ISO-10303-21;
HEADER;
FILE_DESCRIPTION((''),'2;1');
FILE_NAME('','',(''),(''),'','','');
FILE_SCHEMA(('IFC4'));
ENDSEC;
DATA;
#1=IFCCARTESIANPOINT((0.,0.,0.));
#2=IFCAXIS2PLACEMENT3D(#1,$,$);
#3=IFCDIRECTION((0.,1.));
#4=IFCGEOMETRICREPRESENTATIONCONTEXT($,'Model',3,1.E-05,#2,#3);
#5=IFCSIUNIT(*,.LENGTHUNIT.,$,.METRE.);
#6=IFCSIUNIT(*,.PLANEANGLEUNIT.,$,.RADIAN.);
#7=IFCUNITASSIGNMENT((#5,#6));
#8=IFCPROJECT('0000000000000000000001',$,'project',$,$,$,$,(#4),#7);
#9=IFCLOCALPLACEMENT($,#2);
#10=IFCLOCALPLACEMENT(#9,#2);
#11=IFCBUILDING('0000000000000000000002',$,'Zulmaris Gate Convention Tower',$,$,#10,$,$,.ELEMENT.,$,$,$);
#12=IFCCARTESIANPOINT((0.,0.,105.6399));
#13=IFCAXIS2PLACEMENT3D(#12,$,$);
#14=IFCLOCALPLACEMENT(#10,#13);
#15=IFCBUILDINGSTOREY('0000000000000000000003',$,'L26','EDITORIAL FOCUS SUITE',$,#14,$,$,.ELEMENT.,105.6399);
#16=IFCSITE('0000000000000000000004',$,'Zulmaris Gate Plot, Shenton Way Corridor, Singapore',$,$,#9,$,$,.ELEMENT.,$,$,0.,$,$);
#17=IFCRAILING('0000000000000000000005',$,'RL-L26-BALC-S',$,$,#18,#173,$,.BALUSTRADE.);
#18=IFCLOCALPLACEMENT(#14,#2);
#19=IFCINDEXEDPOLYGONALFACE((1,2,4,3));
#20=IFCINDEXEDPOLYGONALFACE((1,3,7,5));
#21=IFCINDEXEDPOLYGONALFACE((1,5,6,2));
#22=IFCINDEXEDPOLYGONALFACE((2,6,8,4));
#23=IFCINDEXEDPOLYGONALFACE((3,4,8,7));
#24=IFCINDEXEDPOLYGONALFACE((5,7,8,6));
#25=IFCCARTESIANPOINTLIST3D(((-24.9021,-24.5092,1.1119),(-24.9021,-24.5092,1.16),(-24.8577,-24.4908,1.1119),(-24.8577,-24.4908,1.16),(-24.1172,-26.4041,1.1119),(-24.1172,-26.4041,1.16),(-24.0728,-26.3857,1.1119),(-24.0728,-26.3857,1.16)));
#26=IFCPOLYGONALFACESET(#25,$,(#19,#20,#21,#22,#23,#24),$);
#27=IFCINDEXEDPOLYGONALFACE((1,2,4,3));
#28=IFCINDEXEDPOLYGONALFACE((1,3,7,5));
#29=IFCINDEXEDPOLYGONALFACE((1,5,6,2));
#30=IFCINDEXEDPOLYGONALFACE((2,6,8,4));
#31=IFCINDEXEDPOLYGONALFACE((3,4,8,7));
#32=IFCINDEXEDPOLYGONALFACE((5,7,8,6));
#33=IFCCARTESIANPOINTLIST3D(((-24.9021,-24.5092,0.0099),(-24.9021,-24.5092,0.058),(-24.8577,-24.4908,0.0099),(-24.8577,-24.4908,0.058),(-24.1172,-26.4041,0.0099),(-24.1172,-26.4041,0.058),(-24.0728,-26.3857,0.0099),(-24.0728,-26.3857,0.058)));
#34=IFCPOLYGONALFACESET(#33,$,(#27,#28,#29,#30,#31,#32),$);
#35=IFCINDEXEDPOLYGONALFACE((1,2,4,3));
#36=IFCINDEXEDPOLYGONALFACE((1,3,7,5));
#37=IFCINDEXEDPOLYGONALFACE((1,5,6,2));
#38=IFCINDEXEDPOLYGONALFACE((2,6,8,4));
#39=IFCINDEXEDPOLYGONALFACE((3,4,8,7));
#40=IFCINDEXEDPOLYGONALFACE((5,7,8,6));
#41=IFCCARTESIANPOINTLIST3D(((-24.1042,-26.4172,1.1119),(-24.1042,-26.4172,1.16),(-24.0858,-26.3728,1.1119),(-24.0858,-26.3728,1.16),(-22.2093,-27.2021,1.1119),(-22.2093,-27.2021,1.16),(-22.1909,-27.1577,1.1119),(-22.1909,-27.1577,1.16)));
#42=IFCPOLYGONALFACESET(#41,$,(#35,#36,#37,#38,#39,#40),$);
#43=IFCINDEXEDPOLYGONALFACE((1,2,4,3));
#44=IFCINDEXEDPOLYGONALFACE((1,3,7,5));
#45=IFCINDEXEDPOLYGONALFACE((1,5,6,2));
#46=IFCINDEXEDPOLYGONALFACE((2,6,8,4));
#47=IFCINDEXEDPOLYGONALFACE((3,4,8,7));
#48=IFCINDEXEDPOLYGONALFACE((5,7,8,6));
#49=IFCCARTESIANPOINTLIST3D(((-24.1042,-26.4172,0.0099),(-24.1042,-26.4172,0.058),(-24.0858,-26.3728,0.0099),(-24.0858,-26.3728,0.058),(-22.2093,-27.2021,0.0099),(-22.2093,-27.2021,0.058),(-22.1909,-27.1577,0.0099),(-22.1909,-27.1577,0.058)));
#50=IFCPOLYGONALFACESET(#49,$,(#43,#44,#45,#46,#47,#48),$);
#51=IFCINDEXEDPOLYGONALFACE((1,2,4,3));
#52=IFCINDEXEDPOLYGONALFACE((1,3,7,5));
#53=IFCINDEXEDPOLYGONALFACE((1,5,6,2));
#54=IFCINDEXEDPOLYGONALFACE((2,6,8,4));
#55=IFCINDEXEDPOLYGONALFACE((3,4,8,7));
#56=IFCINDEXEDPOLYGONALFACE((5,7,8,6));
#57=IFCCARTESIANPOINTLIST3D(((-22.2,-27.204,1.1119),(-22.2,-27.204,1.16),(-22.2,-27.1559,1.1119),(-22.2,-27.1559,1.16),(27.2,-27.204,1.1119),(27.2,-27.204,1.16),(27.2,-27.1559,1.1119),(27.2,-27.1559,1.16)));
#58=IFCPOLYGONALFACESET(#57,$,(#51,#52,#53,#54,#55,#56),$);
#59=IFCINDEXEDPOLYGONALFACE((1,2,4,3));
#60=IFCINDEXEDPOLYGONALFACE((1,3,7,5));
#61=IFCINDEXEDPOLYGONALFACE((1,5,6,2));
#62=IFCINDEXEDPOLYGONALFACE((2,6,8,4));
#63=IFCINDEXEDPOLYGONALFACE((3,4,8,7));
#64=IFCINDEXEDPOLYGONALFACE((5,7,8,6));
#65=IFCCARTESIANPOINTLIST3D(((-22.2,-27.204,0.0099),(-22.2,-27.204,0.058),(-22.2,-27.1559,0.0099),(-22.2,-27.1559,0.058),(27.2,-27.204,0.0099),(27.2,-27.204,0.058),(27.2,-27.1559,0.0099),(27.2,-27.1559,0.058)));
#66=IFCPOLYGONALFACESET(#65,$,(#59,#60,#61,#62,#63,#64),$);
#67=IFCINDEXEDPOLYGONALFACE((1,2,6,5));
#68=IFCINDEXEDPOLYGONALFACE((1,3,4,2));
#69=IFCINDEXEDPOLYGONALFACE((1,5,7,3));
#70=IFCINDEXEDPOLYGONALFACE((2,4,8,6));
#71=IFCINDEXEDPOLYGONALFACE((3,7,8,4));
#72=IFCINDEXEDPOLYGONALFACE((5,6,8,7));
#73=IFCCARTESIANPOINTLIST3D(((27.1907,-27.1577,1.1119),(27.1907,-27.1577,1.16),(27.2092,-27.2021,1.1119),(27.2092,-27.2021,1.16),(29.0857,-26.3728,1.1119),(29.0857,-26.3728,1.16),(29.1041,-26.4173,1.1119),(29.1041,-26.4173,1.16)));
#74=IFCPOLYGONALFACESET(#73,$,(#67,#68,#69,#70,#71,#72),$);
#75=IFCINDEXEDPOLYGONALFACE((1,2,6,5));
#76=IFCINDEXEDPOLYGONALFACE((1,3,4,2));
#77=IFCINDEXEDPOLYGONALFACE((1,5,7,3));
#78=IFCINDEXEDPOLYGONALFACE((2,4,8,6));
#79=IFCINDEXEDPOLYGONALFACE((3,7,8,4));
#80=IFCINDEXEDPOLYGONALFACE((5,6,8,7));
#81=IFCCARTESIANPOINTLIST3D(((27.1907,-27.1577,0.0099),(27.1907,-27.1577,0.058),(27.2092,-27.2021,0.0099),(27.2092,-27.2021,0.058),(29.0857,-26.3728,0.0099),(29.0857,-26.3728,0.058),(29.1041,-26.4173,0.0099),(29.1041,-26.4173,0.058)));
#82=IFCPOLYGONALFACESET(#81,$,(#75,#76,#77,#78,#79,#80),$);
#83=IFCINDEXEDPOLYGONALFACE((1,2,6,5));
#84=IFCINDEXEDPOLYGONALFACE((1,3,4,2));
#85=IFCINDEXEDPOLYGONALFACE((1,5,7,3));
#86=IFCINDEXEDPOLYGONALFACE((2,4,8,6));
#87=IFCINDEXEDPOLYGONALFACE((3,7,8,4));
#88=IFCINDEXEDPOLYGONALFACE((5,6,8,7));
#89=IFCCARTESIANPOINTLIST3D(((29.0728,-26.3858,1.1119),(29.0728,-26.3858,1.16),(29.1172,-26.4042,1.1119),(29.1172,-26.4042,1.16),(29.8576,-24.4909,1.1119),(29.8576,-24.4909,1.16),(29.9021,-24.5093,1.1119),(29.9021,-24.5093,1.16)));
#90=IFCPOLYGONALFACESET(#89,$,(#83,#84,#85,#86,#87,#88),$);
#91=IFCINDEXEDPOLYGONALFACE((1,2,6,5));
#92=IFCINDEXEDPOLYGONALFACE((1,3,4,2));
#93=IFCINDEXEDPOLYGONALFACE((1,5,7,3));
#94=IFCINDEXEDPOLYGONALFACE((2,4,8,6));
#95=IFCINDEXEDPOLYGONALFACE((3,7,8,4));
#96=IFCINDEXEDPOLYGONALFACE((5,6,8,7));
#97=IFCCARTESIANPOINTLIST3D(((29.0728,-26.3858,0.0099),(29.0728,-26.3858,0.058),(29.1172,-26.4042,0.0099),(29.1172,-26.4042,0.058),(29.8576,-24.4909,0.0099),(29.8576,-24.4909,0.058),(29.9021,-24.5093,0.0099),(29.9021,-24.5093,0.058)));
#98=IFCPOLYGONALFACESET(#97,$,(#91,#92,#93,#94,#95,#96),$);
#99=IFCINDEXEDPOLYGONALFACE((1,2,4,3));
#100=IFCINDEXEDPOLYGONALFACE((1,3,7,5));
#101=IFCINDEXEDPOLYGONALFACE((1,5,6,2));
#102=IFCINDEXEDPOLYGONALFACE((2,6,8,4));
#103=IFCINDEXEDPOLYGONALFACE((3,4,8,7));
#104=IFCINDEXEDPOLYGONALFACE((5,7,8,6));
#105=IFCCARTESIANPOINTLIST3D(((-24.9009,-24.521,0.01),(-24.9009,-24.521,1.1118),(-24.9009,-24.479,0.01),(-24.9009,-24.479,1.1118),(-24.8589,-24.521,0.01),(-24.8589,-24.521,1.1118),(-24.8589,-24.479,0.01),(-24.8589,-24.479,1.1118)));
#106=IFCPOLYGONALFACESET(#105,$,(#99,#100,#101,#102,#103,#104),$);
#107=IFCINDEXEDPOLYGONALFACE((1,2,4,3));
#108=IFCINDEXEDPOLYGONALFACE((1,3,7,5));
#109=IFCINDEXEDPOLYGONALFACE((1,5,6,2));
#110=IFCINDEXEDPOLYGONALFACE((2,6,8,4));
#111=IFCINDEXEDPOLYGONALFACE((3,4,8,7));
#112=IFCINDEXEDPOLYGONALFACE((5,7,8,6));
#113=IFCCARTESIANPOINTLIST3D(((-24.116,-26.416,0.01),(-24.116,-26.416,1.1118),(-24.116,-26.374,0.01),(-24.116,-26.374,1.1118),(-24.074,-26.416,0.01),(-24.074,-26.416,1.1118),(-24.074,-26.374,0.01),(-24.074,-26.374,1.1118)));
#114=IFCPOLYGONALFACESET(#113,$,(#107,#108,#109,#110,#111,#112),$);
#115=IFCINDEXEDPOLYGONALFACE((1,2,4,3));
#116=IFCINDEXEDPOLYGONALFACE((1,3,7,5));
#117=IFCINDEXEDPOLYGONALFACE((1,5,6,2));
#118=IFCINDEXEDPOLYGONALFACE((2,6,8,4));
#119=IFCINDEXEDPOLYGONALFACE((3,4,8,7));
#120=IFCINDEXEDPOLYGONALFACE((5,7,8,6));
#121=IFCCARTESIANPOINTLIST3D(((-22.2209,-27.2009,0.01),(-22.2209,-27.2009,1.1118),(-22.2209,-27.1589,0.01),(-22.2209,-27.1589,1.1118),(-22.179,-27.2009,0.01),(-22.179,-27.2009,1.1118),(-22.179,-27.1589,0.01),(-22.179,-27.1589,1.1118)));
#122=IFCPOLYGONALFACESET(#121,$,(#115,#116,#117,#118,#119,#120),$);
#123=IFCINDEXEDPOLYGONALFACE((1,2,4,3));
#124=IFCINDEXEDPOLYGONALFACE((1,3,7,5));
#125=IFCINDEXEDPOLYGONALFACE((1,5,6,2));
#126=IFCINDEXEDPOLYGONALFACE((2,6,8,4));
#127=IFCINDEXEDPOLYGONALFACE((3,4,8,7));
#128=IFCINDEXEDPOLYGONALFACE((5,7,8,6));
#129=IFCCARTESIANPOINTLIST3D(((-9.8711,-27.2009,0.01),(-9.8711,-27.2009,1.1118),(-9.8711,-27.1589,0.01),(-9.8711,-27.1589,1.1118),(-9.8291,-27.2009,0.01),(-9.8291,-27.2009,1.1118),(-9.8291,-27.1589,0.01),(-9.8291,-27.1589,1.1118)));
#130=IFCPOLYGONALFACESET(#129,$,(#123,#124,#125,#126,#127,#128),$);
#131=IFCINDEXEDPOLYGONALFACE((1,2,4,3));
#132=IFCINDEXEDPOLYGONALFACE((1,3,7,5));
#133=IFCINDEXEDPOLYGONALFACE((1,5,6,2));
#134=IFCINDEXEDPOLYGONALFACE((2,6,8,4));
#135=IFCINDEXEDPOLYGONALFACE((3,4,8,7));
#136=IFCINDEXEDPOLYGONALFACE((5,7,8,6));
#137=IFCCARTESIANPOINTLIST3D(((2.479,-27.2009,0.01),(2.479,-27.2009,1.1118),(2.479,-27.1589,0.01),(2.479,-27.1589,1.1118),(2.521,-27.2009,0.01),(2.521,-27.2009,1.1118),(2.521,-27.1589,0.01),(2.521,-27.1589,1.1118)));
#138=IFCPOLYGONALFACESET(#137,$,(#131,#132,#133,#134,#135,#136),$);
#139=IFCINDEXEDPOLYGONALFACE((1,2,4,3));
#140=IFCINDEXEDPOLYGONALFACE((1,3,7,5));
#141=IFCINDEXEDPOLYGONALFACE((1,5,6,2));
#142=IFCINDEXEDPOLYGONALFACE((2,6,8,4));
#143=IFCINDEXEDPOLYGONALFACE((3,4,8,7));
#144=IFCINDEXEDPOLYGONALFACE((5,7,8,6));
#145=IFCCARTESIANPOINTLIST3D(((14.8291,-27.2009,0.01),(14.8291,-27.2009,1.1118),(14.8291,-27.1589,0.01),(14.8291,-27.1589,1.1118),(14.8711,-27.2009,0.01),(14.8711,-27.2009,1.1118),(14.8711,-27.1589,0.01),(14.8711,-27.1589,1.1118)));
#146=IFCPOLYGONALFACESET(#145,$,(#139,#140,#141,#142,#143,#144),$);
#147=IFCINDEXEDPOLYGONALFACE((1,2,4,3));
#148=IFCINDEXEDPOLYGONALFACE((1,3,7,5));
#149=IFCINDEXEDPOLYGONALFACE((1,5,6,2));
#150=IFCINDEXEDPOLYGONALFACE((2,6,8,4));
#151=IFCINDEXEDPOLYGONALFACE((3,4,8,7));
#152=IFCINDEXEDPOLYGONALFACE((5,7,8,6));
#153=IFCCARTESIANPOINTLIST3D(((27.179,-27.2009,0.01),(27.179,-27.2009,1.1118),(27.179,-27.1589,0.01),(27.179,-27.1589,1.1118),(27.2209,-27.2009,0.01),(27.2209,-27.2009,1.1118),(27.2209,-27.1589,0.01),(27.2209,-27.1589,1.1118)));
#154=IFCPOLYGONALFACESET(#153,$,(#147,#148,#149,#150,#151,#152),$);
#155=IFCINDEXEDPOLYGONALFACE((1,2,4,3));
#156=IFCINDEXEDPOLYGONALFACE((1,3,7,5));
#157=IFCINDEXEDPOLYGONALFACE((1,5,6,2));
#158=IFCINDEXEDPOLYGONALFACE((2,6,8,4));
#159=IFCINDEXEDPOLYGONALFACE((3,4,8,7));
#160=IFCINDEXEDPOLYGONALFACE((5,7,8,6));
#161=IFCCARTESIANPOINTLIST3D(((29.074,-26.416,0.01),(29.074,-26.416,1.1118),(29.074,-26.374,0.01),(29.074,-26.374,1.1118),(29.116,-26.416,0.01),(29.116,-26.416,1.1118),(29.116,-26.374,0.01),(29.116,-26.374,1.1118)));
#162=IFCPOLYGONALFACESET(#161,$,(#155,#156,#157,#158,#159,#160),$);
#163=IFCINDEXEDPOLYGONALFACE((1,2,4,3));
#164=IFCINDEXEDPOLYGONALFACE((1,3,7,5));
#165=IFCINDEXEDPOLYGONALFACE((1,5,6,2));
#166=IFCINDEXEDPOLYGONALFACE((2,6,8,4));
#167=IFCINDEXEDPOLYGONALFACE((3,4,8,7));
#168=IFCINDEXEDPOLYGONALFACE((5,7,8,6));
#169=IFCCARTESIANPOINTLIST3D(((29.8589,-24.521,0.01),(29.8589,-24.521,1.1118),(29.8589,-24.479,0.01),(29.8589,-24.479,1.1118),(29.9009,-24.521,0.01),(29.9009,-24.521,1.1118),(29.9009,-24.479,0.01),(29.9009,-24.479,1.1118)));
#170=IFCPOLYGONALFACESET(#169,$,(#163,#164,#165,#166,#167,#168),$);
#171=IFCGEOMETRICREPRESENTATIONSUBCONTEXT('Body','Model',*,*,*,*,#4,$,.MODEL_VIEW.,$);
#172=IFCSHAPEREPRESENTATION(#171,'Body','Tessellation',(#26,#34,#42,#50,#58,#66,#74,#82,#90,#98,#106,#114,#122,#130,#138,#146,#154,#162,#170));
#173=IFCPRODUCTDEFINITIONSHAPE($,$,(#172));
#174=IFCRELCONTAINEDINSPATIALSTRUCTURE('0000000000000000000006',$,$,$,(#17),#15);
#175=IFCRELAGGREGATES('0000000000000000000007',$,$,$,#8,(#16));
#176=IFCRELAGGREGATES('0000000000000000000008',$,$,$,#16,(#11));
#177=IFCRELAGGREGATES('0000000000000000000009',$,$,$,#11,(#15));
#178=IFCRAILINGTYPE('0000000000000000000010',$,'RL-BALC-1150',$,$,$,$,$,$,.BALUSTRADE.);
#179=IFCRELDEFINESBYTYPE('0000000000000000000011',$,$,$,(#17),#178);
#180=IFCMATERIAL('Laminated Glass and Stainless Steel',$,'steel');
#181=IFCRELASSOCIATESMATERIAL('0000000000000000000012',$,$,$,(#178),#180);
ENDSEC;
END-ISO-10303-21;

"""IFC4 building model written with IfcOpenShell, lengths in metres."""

from ifc_helpers import new_model, si_unit, direction, frame, origin, origin_2d, place, context, subcontext, project, spatial, rectangle, extrude, material, type_object, element, save


model = new_model("IFC4")

# Units and contexts
model_context = context("Model", 3, precision=1e-05, world=origin(), true_north=direction((0.0, 1.0)))
body_context = subcontext(model_context, "Body", "Model", "MODEL_VIEW")
ifc_project = project(units=[si_unit("LENGTHUNIT", "METRE"), si_unit("PLANEANGLEUNIT", "RADIAN")], contexts=[model_context])

# Site, building, storey
site_placement = place(None, origin())
site = spatial("IfcSite", under=ifc_project, at=site_placement, Name="Zulmaris Gate Plot, Shenton Way Corridor, Singapore", CompositionType="ELEMENT", RefElevation=0.0)
building_placement = place(site_placement, origin())
building = spatial("IfcBuilding", under=site, at=building_placement, Name="Zulmaris Gate Convention Tower", CompositionType="ELEMENT")
storey_placement = place(building_placement, frame((0.0, 0.0, 105.6399)))
storey = spatial("IfcBuildingStorey", under=building, at=storey_placement, Name="L26", Description="EDITORIAL FOCUS SUITE", CompositionType="ELEMENT", Elevation=105.6399)

# Railing
ifc_material_1 = material(Name="Laminated Glass and Stainless Steel", Category="steel")
railing_type = type_object("IfcRailingType", Name="RL-BALC-1150", PredefinedType="BALUSTRADE", material=ifc_material_1)
railing_placement = place(storey_placement, frame((-24.8799, -24.5, 0.01)))
element("IfcRailing", 1, at=railing_placement, inside=storey, type_object=railing_type, Name="RL-L26-BALC-S", PredefinedType="BALUSTRADE", context=body_context, shape_type="SweptSolid", body=[
    extrude(rectangle(XDim=0.0481, YDim=0.0481, at=origin_2d()), frame((0.0, 0.0, 1.126), z_axis=(0.382671, -0.923885, 0.0), x_axis=(0.923885, 0.382671, 0.0)), (0.0, 0.0, 1.0), 2.051),
    extrude(rectangle(XDim=0.0481, YDim=0.0481, at=origin_2d()), frame((0.0, 0.0, 0.0239), z_axis=(0.382671, -0.923885, 0.0), x_axis=(0.923885, 0.382671, 0.0)), (0.0, 0.0, 1.0), 2.051),
    extrude(rectangle(XDim=0.0481, YDim=0.0481, at=origin_2d()), frame((0.7849, -1.895, 1.126), z_axis=(0.923885, -0.382671, 0.0), x_axis=(0.382671, 0.923885, 0.0)), (0.0, 0.0, 1.0), 2.051),
    extrude(rectangle(XDim=0.0481, YDim=0.0481, at=origin_2d()), frame((0.7849, -1.895, 0.0239), z_axis=(0.923885, -0.382671, 0.0), x_axis=(0.382671, 0.923885, 0.0)), (0.0, 0.0, 1.0), 2.051),
    extrude(rectangle(XDim=0.0481, YDim=0.0481, at=origin_2d()), frame((2.6799, -2.6799, 1.126), z_axis=(1.0, 0.0, 0.0), x_axis=(0.0, 1.0, 0.0)), (0.0, 0.0, 1.0), 49.3999),
    extrude(rectangle(XDim=0.0481, YDim=0.0481, at=origin_2d()), frame((2.6799, -2.6799, 0.0239), z_axis=(1.0, 0.0, 0.0), x_axis=(0.0, 1.0, 0.0)), (0.0, 0.0, 1.0), 49.3999),
    extrude(rectangle(XDim=0.0481, YDim=0.0481, at=origin_2d()), frame((52.0798, -2.6799, 1.126), z_axis=(0.923885, 0.382671, 0.0), x_axis=(-0.382671, 0.923885, 0.0)), (0.0, 0.0, 1.0), 2.051),
    extrude(rectangle(XDim=0.0481, YDim=0.0481, at=origin_2d()), frame((52.0798, -2.6799, 0.0239), z_axis=(0.923885, 0.382671, 0.0), x_axis=(-0.382671, 0.923885, 0.0)), (0.0, 0.0, 1.0), 2.051),
    extrude(rectangle(XDim=0.0481, YDim=0.0481, at=origin_2d()), frame((53.9749, -1.895, 1.126), z_axis=(0.382671, 0.923885, 0.0), x_axis=(-0.923885, 0.382671, 0.0)), (0.0, 0.0, 1.0), 2.051),
    extrude(rectangle(XDim=0.0481, YDim=0.0481, at=origin_2d()), frame((53.9749, -1.895, 0.0239), z_axis=(0.382671, 0.923885, 0.0), x_axis=(-0.923885, 0.382671, 0.0)), (0.0, 0.0, 1.0), 2.051),
    extrude(rectangle(XDim=0.042, YDim=0.042, at=origin_2d()), origin(), (0.0, 0.0, 1.0), 1.1018),
    extrude(rectangle(XDim=0.042, YDim=0.042, at=origin_2d()), frame((0.7849, -1.895, 0.0)), (0.0, 0.0, 1.0), 1.1018),
    extrude(rectangle(XDim=0.042, YDim=0.042, at=origin_2d()), frame((2.6799, -2.6799, 0.0)), (0.0, 0.0, 1.0), 1.1018),
    extrude(rectangle(XDim=0.042, YDim=0.042, at=origin_2d()), frame((15.0298, -2.6799, 0.0)), (0.0, 0.0, 1.0), 1.1018),
    extrude(rectangle(XDim=0.042, YDim=0.042, at=origin_2d()), frame((27.3799, -2.6799, 0.0)), (0.0, 0.0, 1.0), 1.1018),
    extrude(rectangle(XDim=0.042, YDim=0.042, at=origin_2d()), frame((39.73, -2.6799, 0.0)), (0.0, 0.0, 1.0), 1.1018),
    extrude(rectangle(XDim=0.042, YDim=0.042, at=origin_2d()), frame((52.0798, -2.6799, 0.0)), (0.0, 0.0, 1.0), 1.1018),
    extrude(rectangle(XDim=0.042, YDim=0.042, at=origin_2d()), frame((53.9749, -1.895, 0.0)), (0.0, 0.0, 1.0), 1.1018),
    extrude(rectangle(XDim=0.042, YDim=0.042, at=origin_2d()), frame((54.7598, 0.0, 0.0)), (0.0, 0.0, 1.0), 1.1018),
])

save(model, "model.ifc")
